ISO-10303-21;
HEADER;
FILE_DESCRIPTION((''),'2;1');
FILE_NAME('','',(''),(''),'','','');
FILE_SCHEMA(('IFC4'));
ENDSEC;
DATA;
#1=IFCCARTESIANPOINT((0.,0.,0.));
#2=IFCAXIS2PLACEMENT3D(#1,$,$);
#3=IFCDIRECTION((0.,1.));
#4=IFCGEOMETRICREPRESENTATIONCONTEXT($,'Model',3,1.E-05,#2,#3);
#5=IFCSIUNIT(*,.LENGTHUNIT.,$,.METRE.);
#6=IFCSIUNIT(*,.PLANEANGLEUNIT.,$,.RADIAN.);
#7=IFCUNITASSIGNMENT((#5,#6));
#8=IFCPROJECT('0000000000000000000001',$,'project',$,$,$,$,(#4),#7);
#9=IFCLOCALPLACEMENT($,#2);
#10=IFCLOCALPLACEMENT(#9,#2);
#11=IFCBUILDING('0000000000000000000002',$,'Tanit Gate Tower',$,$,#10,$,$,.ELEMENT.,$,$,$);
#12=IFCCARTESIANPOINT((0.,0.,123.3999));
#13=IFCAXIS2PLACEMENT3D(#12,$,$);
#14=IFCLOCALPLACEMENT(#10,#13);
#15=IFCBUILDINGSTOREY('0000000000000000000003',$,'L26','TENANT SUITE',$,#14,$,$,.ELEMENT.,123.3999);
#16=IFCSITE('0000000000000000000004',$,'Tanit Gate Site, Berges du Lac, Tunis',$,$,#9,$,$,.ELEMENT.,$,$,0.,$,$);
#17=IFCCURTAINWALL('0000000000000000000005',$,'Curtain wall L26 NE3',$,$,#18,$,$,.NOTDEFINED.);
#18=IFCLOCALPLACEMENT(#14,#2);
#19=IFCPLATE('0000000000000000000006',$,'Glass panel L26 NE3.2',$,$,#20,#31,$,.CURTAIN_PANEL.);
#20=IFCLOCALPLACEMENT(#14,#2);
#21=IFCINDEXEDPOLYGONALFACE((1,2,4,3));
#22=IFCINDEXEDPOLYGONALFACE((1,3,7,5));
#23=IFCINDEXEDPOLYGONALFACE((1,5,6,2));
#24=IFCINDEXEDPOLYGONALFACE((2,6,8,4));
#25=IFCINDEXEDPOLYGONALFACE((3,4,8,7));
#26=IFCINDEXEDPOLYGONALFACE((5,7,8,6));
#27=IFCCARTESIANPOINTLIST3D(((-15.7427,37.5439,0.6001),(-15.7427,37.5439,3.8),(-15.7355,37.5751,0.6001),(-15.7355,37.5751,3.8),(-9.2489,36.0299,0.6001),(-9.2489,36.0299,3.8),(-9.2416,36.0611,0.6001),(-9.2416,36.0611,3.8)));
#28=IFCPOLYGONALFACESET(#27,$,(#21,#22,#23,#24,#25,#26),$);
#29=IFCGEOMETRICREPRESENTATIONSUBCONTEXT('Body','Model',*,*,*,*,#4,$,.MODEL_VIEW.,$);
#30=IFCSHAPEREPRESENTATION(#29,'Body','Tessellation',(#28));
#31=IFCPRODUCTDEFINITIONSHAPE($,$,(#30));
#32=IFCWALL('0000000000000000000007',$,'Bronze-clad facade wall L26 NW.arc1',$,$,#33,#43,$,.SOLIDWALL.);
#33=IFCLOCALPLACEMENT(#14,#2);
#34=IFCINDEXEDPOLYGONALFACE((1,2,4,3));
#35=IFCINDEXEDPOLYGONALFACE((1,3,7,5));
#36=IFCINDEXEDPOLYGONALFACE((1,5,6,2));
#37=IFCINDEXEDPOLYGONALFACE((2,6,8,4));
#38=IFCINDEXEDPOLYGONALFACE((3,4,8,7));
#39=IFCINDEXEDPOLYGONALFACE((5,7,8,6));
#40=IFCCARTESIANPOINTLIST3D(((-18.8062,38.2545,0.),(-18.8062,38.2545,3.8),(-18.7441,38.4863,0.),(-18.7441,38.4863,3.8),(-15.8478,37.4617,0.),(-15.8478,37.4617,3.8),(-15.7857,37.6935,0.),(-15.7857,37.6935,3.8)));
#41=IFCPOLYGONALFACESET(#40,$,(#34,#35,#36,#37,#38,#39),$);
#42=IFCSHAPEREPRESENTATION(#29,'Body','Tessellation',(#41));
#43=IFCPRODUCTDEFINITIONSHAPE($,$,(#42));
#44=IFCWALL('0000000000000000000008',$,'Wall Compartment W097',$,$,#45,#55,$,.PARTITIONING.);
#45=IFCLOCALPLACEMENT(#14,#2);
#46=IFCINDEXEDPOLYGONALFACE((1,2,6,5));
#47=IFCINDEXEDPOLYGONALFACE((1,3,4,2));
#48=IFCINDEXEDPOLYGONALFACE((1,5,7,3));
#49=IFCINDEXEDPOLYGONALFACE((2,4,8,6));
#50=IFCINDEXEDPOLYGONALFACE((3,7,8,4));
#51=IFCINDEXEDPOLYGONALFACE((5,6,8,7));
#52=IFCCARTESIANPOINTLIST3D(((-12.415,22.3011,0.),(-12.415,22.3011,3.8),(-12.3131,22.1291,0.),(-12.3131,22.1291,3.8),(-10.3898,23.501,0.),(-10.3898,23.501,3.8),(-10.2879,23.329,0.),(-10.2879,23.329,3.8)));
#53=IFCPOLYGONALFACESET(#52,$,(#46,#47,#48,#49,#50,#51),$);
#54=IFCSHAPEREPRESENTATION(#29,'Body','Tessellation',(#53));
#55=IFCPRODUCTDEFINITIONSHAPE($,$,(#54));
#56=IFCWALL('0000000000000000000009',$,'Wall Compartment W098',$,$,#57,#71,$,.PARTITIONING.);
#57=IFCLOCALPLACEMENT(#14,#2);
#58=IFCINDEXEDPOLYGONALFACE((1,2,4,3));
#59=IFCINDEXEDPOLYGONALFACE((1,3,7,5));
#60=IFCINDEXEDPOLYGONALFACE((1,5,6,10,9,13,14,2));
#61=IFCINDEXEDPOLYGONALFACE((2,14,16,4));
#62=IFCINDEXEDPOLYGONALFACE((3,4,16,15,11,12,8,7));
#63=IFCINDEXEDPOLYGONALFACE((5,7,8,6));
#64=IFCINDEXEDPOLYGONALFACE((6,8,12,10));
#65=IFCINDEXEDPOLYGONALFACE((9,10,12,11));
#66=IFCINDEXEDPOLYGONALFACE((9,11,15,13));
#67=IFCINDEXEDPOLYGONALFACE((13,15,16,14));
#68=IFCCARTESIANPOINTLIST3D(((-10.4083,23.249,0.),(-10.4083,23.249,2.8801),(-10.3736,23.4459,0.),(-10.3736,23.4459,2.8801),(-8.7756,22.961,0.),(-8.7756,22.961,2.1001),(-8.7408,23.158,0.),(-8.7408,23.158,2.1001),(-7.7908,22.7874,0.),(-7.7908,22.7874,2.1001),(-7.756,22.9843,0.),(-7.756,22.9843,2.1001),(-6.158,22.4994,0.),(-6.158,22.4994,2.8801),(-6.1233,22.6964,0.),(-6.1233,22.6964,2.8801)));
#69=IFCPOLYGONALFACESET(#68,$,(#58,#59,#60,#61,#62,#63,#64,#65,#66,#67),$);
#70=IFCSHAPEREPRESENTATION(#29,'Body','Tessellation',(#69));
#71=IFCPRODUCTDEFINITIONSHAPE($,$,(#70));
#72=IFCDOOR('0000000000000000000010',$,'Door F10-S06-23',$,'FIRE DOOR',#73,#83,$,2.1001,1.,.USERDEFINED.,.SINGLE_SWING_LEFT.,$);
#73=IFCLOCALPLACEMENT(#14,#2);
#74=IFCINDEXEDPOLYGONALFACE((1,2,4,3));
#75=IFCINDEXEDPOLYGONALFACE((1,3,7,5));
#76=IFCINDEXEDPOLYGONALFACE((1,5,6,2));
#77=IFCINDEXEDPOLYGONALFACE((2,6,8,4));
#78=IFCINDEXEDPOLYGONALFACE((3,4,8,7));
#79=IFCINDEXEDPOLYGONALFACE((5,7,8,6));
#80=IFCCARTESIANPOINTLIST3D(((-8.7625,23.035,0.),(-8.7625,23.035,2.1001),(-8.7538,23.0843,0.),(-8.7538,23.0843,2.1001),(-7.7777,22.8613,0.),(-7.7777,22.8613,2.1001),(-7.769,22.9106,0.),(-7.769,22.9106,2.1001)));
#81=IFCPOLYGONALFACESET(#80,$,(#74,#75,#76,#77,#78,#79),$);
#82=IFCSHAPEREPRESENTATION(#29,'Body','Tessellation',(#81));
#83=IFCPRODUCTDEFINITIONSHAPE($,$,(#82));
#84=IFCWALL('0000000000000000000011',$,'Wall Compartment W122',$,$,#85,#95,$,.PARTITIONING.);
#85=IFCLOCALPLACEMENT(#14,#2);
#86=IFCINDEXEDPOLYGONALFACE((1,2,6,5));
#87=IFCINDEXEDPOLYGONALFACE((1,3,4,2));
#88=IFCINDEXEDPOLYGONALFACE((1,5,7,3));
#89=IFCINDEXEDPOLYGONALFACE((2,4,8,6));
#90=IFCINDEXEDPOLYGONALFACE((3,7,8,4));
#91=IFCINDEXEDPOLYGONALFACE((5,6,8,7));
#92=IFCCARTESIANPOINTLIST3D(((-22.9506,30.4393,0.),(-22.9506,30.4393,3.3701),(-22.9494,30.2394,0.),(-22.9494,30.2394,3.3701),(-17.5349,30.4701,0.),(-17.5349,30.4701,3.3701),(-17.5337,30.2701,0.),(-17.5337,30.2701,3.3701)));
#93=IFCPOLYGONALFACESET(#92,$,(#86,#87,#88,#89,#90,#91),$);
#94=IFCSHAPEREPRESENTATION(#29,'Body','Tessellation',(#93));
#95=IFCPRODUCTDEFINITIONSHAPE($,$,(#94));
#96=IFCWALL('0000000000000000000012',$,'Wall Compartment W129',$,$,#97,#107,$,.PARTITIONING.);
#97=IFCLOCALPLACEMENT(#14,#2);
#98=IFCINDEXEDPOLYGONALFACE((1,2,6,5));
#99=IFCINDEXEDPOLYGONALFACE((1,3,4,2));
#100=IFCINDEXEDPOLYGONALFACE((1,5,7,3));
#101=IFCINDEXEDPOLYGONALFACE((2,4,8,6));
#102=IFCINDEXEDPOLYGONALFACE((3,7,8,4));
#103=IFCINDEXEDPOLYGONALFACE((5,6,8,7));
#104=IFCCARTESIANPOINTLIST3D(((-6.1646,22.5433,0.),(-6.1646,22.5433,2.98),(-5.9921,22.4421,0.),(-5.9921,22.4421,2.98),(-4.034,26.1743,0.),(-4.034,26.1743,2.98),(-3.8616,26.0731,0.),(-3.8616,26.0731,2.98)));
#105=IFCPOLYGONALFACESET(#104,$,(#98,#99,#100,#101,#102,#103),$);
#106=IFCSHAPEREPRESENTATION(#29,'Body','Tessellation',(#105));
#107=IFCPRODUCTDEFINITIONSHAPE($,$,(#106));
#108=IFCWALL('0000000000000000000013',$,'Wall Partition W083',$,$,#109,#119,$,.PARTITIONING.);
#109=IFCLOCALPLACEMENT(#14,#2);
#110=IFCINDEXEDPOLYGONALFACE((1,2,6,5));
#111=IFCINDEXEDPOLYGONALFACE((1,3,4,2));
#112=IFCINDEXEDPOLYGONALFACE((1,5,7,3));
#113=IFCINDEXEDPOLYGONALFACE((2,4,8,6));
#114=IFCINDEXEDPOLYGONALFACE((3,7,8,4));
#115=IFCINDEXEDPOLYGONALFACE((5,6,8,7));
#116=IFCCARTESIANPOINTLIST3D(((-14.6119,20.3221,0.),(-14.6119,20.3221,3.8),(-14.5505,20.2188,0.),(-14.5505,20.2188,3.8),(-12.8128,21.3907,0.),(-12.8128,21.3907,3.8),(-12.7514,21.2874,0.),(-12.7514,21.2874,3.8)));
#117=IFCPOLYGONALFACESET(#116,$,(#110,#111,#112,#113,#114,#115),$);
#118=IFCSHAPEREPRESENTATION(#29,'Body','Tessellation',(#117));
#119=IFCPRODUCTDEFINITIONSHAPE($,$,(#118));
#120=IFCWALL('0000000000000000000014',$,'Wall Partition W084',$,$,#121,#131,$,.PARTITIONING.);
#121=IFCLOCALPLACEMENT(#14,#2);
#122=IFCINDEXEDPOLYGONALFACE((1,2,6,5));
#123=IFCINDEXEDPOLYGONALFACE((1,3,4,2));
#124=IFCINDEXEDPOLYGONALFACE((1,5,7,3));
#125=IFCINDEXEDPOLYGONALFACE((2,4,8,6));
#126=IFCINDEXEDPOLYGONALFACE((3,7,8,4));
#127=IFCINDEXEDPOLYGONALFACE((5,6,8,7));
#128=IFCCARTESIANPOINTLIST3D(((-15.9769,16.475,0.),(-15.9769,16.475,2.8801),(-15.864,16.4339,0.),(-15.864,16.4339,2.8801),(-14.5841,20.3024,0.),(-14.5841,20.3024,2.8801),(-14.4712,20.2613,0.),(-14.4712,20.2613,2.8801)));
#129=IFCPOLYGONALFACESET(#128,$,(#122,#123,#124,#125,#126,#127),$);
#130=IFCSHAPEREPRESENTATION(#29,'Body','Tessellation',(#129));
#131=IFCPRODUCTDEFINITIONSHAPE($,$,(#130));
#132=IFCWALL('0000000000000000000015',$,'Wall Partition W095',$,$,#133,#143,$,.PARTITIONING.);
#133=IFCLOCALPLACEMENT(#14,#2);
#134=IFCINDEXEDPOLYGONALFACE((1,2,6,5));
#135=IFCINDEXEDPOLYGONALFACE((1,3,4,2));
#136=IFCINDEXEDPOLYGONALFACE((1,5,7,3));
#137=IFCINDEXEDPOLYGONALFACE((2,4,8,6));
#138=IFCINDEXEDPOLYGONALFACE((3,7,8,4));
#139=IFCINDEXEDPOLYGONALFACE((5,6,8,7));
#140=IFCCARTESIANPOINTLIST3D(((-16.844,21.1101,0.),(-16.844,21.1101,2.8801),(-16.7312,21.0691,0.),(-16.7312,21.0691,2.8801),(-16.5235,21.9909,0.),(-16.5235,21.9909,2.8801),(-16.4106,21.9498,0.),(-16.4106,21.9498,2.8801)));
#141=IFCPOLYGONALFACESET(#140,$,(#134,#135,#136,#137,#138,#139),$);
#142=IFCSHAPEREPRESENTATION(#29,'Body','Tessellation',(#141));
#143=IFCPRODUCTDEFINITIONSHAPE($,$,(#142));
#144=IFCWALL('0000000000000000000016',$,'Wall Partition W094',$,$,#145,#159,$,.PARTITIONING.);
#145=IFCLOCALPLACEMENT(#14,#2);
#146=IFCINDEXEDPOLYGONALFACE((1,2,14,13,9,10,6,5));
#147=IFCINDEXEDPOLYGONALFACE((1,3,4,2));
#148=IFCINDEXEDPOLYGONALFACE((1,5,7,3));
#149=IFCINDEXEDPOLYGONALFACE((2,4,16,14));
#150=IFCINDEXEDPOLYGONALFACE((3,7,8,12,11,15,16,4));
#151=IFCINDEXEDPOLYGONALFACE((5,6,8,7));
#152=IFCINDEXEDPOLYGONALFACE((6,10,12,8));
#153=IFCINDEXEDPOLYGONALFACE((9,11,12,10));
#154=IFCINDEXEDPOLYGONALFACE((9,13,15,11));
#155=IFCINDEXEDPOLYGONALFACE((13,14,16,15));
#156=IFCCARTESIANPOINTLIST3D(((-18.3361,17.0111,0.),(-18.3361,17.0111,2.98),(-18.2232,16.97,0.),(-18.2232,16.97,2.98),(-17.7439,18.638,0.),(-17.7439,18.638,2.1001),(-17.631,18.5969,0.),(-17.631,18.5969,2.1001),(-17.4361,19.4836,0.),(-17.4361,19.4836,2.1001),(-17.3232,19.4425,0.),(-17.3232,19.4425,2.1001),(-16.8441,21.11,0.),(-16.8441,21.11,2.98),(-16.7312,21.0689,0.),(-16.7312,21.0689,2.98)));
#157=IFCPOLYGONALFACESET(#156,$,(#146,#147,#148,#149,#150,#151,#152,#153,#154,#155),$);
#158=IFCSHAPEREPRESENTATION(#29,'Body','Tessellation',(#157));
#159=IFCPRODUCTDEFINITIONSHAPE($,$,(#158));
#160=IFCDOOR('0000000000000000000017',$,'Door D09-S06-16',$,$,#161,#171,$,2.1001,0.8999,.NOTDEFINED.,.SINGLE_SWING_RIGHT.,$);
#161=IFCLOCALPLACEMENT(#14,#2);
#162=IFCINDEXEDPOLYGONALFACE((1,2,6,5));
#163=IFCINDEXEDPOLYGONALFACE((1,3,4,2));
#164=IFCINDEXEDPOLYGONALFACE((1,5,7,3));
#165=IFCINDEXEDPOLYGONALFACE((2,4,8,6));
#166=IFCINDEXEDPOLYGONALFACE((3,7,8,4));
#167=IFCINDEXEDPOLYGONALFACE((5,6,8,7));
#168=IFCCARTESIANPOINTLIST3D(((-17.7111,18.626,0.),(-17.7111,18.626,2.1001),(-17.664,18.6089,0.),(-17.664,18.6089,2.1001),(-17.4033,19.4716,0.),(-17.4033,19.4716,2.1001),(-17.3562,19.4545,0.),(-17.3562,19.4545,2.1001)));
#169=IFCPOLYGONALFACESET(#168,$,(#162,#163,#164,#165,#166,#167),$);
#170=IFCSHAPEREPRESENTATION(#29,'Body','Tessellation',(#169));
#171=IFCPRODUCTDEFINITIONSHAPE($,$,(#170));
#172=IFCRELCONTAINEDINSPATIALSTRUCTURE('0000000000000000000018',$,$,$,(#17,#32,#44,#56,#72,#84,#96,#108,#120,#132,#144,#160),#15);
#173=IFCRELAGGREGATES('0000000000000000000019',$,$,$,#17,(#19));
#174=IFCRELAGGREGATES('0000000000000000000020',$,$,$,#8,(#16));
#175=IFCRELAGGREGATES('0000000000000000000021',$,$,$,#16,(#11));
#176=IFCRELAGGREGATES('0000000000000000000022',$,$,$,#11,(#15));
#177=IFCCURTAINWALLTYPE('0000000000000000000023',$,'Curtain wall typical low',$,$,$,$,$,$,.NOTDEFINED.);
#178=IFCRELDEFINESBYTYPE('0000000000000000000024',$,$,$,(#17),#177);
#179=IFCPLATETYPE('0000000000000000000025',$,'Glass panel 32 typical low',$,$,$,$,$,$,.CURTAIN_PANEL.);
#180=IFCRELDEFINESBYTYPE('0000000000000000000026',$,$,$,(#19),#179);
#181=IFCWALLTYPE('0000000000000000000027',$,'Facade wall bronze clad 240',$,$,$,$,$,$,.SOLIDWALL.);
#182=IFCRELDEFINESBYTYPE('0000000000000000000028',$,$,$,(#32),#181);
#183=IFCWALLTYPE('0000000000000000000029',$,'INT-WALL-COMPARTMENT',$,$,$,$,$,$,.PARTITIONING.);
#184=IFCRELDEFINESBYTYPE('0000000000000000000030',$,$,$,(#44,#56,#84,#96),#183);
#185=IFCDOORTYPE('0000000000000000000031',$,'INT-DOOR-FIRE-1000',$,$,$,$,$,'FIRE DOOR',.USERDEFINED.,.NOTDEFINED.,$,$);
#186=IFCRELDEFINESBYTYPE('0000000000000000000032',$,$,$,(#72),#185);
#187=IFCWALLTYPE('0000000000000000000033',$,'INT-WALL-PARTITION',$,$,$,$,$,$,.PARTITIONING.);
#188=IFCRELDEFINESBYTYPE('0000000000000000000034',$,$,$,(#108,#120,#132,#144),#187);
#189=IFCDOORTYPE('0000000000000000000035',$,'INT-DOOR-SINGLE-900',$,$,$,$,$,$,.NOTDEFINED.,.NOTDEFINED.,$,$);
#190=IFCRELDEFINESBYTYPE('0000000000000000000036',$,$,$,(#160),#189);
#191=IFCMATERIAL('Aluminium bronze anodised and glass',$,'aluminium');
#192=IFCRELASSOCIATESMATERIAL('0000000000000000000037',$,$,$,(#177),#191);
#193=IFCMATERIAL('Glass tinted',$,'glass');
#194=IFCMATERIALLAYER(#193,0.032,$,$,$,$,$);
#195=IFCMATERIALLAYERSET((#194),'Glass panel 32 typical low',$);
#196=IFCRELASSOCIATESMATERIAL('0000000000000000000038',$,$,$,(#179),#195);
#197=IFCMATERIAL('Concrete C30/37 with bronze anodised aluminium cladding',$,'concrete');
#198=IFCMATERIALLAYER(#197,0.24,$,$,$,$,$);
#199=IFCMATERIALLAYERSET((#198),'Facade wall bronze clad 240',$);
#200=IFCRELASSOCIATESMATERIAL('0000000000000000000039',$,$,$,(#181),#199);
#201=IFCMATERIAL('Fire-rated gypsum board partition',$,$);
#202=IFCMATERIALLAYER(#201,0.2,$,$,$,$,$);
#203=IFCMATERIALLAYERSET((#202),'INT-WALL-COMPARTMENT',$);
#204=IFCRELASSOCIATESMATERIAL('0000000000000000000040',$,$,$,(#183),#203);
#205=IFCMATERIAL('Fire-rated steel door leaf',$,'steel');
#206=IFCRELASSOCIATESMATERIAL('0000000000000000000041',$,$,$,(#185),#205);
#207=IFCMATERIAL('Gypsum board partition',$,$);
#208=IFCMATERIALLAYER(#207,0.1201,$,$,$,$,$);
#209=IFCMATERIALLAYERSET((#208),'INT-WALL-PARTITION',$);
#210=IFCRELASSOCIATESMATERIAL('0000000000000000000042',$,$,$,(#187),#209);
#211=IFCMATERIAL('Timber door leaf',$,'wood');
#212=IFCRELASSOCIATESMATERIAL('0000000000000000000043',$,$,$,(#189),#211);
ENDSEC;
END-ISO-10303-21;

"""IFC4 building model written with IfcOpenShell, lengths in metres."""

from ifc_helpers import new_model, si_unit, direction, frame, frame_2d, origin, origin_2d, place, context, subcontext, project, spatial, rectangle, extrude, material, layer, layer_set, type_object, element, fill, aggregate, save


model = new_model("IFC4")

# Units and contexts
model_context = context("Model", 3, precision=1e-05, world=origin(), true_north=direction((0.0, 1.0)))
body_context = subcontext(model_context, "Body", "Model", "MODEL_VIEW")
ifc_project = project(units=[si_unit("LENGTHUNIT", "METRE"), si_unit("PLANEANGLEUNIT", "RADIAN")], contexts=[model_context])

# Site, building, storey
site_placement = place(None, origin())
site = spatial("IfcSite", under=ifc_project, at=site_placement, Name="Tanit Gate Site, Berges du Lac, Tunis", CompositionType="ELEMENT", RefElevation=0.0)
building_placement = place(site_placement, origin())
building = spatial("IfcBuilding", under=site, at=building_placement, Name="Tanit Gate Tower", CompositionType="ELEMENT")
storey_placement = place(building_placement, frame((0.0, 0.0, 123.3999)))
storey = spatial("IfcBuildingStorey", under=building, at=storey_placement, Name="L26", Description="TENANT SUITE", CompositionType="ELEMENT", Elevation=123.3999)

# Curtain wall
ifc_material_1 = material(Name="Aluminium bronze anodised and glass", Category="aluminium")
curtain_wall_type = type_object("IfcCurtainWallType", Name="Curtain wall typical low", PredefinedType="NOTDEFINED", material=ifc_material_1)
curtain_wall_placement = place(storey_placement, origin())
curtain_wall = element("IfcCurtainWall", 1, at=curtain_wall_placement, inside=storey, type_object=curtain_wall_type, Name="Curtain wall L26 NE3", PredefinedType="NOTDEFINED")

# Plate
ifc_material_2 = material(Name="Glass tinted", Category="glass")
ifc_layer_1 = layer(ifc_material_2, 0.032)
ifc_layer_set_1 = layer_set([ifc_layer_1], Name="Glass panel 32 typical low")
plate_type = type_object("IfcPlateType", Name="Glass panel 32 typical low", PredefinedType="CURTAIN_PANEL", material=ifc_layer_set_1)
plate_1_placement = place(storey_placement, frame((-12.4922, 36.8025, 0.6001), z_axis=(0.0, 0.0, 1.0), x_axis=(-0.973882, 0.227056, 0.0)))
plate_1 = element("IfcPlate", 2, at=plate_1_placement, type_object=plate_type, Name="Glass panel L26 NE3.2", PredefinedType="CURTAIN_PANEL", context=body_context, shape_type="SweptSolid", body=[
    extrude(rectangle(XDim=6.668, YDim=0.032, at=origin_2d()), origin(), (0.0, 0.0, 1.0), 3.2),
])
aggregate(curtain_wall, [plate_1])

# Walls
ifc_material_3 = material(Name="Concrete C30/37 with bronze anodised aluminium cladding", Category="concrete")
ifc_layer_2 = layer(ifc_material_3, 0.24)
ifc_layer_set_2 = layer_set([ifc_layer_2], Name="Facade wall bronze clad 240")
wall_type_1 = type_object("IfcWallType", Name="Facade wall bronze clad 240", PredefinedType="SOLIDWALL", material=ifc_layer_set_2)
wall_1_placement = place(storey_placement, frame((-15.8169, 37.5776, 0.0), z_axis=(0.0, 0.0, 1.0), x_axis=(-0.965921, 0.258838, 0.0)))
element("IfcWall", 3, at=wall_1_placement, inside=storey, type_object=wall_type_1, Name="Bronze-clad facade wall L26 NW.arc1", PredefinedType="SOLIDWALL", context=body_context, shape_type="SweptSolid", body=[
    extrude(rectangle(XDim=3.0627, YDim=0.24, at=frame_2d((1.5312, 0.0))), origin(), (0.0, 0.0, 1.0), 3.8),
])
ifc_material_4 = material(Name="Fire-rated gypsum board partition")
ifc_layer_3 = layer(ifc_material_4, 0.2)
ifc_layer_set_3 = layer_set([ifc_layer_3], Name="INT-WALL-COMPARTMENT")
wall_type_2 = type_object("IfcWallType", Name="INT-WALL-COMPARTMENT", PredefinedType="PARTITIONING", material=ifc_layer_set_3)
wall_2_placement = place(storey_placement, frame((-10.3389, 23.415, 0.0), z_axis=(0.0, 0.0, 1.0), x_axis=(-0.860317, -0.50976, 0.0)))
element("IfcWall", 4, at=wall_2_placement, inside=storey, type_object=wall_type_2, Name="Wall Compartment W097", PredefinedType="PARTITIONING", context=body_context, shape_type="SweptSolid", body=[
    extrude(rectangle(XDim=2.354, YDim=0.2, at=frame_2d((1.177, 0.0))), origin(), (0.0, 0.0, 1.0), 3.8),
])

# Wall, opening, door
wall_3_placement = place(storey_placement, frame((-6.1406, 22.5979, 0.0), z_axis=(0.0, 0.0, 1.0), x_axis=(-0.984805, 0.173666, 0.0)))
wall_3 = element("IfcWall", 5, at=wall_3_placement, inside=storey, type_object=wall_type_2, Name="Wall Compartment W098", PredefinedType="PARTITIONING", context=body_context, shape_type="SweptSolid", body=[
    extrude(rectangle(XDim=4.3159, YDim=0.2, at=frame_2d((2.158, 0.0))), origin(), (0.0, 0.0, 1.0), 2.8801),
])
opening_1_placement = place(wall_3_placement, frame((1.658, 0.0, 0.0)))
opening_1 = element("IfcOpeningElement", 6, at=opening_1_placement, cuts=wall_3, PredefinedType="OPENING", context=body_context, shape_type="SweptSolid", body=[
    extrude(rectangle(XDim=1.0, YDim=2.1001, at=frame_2d((0.5, 1.05))), frame((0.0, 0.1099, 0.0), z_axis=(0.0, -1.0, 0.0), x_axis=(1.0, 0.0, 0.0)), (0.0, 0.0, 1.0), 0.22),
])
ifc_material_5 = material(Name="Fire-rated steel door leaf", Category="steel")
door_type_1 = type_object("IfcDoorType", Name="INT-DOOR-FIRE-1000", ElementType="FIRE DOOR", OperationType="NOTDEFINED", PredefinedType="USERDEFINED", material=ifc_material_5)
door_1_placement = place(opening_1_placement, origin())
door_1 = element("IfcDoor", 7, at=door_1_placement, inside=storey, type_object=door_type_1, Name="Door F10-S06-23", ObjectType="FIRE DOOR", OperationType="SINGLE_SWING_LEFT", OverallHeight=2.1001, OverallWidth=1.0, PredefinedType="USERDEFINED", context=body_context, shape_type="SweptSolid", body=[
    extrude(rectangle(XDim=1.0, YDim=2.1001, at=frame_2d((0.5, 1.05))), frame((0.0, 0.0249, 0.0), z_axis=(0.0, -1.0, 0.0), x_axis=(1.0, 0.0, 0.0)), (0.0, 0.0, 1.0), 0.05),
])
fill(opening_1, door_1)

# Walls
wall_4_placement = place(storey_placement, frame((-17.5342, 30.3701, 0.0), z_axis=(0.0, 0.0, 1.0), x_axis=(-0.999984, -0.00568, 0.0)))
element("IfcWall", 8, at=wall_4_placement, inside=storey, type_object=wall_type_2, Name="Wall Compartment W122", PredefinedType="PARTITIONING", context=body_context, shape_type="SweptSolid", body=[
    extrude(rectangle(XDim=5.4158, YDim=0.2, at=frame_2d((2.708, 0.0))), origin(), (0.0, 0.0, 1.0), 3.3701),
])
wall_5_placement = place(storey_placement, frame((-6.0784, 22.4927, 0.0), z_axis=(0.0, 0.0, 1.0), x_axis=(0.50608, 0.862487, 0.0)))
element("IfcWall", 9, at=wall_5_placement, inside=storey, type_object=wall_type_2, Name="Wall Compartment W129", PredefinedType="PARTITIONING", context=body_context, shape_type="SweptSolid", body=[
    extrude(rectangle(XDim=4.21, YDim=0.2, at=frame_2d((2.105, 0.0))), origin(), (0.0, 0.0, 1.0), 2.98),
])
ifc_material_6 = material(Name="Gypsum board partition")
ifc_layer_4 = layer(ifc_material_6, 0.1201)
ifc_layer_set_4 = layer_set([ifc_layer_4], Name="INT-WALL-PARTITION")
wall_type_3 = type_object("IfcWallType", Name="INT-WALL-PARTITION", PredefinedType="PARTITIONING", material=ifc_layer_set_4)
wall_6_placement = place(storey_placement, frame((-12.782, 21.3391, 0.0), z_axis=(0.0, 0.0, 1.0), x_axis=(-0.85977, -0.510682, 0.0)))
element("IfcWall", 10, at=wall_6_placement, inside=storey, type_object=wall_type_3, Name="Wall Partition W083", PredefinedType="PARTITIONING", context=body_context, shape_type="SweptSolid", body=[
    extrude(rectangle(XDim=2.0925, YDim=0.1201, at=frame_2d((1.0464, 0.0))), origin(), (0.0, 0.0, 1.0), 3.8),
])
wall_7_placement = place(storey_placement, frame((-14.5276, 20.282, 0.0), z_axis=(0.0, 0.0, 1.0), x_axis=(-0.341969, -0.939711, 0.0)))
element("IfcWall", 11, at=wall_7_placement, inside=storey, type_object=wall_type_3, Name="Wall Partition W084", PredefinedType="PARTITIONING", context=body_context, shape_type="SweptSolid", body=[
    extrude(rectangle(XDim=4.073, YDim=0.1201, at=frame_2d((2.0366, 0.0))), origin(), (0.0, 0.0, 1.0), 2.8801),
])
wall_8_placement = place(storey_placement, frame((-16.467, 21.9705, 0.0), z_axis=(0.0, 0.0, 1.0), x_axis=(-0.341973, -0.93971, 0.0)))
element("IfcWall", 12, at=wall_8_placement, inside=storey, type_object=wall_type_3, Name="Wall Partition W095", PredefinedType="PARTITIONING", context=body_context, shape_type="SweptSolid", body=[
    extrude(rectangle(XDim=0.9373, YDim=0.1201, at=frame_2d((0.4688, 0.0))), origin(), (0.0, 0.0, 1.0), 2.8801),
])

# Wall, opening, door
wall_9_placement = place(storey_placement, frame((-16.7876, 21.0896, 0.0), z_axis=(0.0, 0.0, 1.0), x_axis=(-0.342035, -0.939687, 0.0)))
wall_9 = element("IfcWall", 13, at=wall_9_placement, inside=storey, type_object=wall_type_3, Name="Wall Partition W094", PredefinedType="PARTITIONING", context=body_context, shape_type="SweptSolid", body=[
    extrude(rectangle(XDim=4.3621, YDim=0.1201, at=frame_2d((2.1812, 0.0))), origin(), (0.0, 0.0, 1.0), 2.98),
])
opening_2_placement = place(wall_9_placement, frame((1.731, 0.0, 0.0)))
opening_2 = element("IfcOpeningElement", 14, at=opening_2_placement, cuts=wall_9, PredefinedType="OPENING", context=body_context, shape_type="SweptSolid", body=[
    extrude(rectangle(XDim=0.8999, YDim=2.1001, at=frame_2d((0.45, 1.05))), frame((0.0, 0.0701, 0.0), z_axis=(0.0, -1.0, 0.0), x_axis=(1.0, 0.0, 0.0)), (0.0, 0.0, 1.0), 0.1401),
])
ifc_material_7 = material(Name="Timber door leaf", Category="wood")
door_type_2 = type_object("IfcDoorType", Name="INT-DOOR-SINGLE-900", OperationType="NOTDEFINED", PredefinedType="NOTDEFINED", material=ifc_material_7)
door_2_placement = place(opening_2_placement, origin())
door_2 = element("IfcDoor", 15, at=door_2_placement, inside=storey, type_object=door_type_2, Name="Door D09-S06-16", OperationType="SINGLE_SWING_RIGHT", OverallHeight=2.1001, OverallWidth=0.8999, PredefinedType="NOTDEFINED", context=body_context, shape_type="SweptSolid", body=[
    extrude(rectangle(XDim=0.8999, YDim=2.1001, at=frame_2d((0.45, 1.05))), frame((0.0, 0.0249, 0.0), z_axis=(0.0, -1.0, 0.0), x_axis=(1.0, 0.0, 0.0)), (0.0, 0.0, 1.0), 0.05),
])
fill(opening_2, door_2)

save(model, "model.ifc")
